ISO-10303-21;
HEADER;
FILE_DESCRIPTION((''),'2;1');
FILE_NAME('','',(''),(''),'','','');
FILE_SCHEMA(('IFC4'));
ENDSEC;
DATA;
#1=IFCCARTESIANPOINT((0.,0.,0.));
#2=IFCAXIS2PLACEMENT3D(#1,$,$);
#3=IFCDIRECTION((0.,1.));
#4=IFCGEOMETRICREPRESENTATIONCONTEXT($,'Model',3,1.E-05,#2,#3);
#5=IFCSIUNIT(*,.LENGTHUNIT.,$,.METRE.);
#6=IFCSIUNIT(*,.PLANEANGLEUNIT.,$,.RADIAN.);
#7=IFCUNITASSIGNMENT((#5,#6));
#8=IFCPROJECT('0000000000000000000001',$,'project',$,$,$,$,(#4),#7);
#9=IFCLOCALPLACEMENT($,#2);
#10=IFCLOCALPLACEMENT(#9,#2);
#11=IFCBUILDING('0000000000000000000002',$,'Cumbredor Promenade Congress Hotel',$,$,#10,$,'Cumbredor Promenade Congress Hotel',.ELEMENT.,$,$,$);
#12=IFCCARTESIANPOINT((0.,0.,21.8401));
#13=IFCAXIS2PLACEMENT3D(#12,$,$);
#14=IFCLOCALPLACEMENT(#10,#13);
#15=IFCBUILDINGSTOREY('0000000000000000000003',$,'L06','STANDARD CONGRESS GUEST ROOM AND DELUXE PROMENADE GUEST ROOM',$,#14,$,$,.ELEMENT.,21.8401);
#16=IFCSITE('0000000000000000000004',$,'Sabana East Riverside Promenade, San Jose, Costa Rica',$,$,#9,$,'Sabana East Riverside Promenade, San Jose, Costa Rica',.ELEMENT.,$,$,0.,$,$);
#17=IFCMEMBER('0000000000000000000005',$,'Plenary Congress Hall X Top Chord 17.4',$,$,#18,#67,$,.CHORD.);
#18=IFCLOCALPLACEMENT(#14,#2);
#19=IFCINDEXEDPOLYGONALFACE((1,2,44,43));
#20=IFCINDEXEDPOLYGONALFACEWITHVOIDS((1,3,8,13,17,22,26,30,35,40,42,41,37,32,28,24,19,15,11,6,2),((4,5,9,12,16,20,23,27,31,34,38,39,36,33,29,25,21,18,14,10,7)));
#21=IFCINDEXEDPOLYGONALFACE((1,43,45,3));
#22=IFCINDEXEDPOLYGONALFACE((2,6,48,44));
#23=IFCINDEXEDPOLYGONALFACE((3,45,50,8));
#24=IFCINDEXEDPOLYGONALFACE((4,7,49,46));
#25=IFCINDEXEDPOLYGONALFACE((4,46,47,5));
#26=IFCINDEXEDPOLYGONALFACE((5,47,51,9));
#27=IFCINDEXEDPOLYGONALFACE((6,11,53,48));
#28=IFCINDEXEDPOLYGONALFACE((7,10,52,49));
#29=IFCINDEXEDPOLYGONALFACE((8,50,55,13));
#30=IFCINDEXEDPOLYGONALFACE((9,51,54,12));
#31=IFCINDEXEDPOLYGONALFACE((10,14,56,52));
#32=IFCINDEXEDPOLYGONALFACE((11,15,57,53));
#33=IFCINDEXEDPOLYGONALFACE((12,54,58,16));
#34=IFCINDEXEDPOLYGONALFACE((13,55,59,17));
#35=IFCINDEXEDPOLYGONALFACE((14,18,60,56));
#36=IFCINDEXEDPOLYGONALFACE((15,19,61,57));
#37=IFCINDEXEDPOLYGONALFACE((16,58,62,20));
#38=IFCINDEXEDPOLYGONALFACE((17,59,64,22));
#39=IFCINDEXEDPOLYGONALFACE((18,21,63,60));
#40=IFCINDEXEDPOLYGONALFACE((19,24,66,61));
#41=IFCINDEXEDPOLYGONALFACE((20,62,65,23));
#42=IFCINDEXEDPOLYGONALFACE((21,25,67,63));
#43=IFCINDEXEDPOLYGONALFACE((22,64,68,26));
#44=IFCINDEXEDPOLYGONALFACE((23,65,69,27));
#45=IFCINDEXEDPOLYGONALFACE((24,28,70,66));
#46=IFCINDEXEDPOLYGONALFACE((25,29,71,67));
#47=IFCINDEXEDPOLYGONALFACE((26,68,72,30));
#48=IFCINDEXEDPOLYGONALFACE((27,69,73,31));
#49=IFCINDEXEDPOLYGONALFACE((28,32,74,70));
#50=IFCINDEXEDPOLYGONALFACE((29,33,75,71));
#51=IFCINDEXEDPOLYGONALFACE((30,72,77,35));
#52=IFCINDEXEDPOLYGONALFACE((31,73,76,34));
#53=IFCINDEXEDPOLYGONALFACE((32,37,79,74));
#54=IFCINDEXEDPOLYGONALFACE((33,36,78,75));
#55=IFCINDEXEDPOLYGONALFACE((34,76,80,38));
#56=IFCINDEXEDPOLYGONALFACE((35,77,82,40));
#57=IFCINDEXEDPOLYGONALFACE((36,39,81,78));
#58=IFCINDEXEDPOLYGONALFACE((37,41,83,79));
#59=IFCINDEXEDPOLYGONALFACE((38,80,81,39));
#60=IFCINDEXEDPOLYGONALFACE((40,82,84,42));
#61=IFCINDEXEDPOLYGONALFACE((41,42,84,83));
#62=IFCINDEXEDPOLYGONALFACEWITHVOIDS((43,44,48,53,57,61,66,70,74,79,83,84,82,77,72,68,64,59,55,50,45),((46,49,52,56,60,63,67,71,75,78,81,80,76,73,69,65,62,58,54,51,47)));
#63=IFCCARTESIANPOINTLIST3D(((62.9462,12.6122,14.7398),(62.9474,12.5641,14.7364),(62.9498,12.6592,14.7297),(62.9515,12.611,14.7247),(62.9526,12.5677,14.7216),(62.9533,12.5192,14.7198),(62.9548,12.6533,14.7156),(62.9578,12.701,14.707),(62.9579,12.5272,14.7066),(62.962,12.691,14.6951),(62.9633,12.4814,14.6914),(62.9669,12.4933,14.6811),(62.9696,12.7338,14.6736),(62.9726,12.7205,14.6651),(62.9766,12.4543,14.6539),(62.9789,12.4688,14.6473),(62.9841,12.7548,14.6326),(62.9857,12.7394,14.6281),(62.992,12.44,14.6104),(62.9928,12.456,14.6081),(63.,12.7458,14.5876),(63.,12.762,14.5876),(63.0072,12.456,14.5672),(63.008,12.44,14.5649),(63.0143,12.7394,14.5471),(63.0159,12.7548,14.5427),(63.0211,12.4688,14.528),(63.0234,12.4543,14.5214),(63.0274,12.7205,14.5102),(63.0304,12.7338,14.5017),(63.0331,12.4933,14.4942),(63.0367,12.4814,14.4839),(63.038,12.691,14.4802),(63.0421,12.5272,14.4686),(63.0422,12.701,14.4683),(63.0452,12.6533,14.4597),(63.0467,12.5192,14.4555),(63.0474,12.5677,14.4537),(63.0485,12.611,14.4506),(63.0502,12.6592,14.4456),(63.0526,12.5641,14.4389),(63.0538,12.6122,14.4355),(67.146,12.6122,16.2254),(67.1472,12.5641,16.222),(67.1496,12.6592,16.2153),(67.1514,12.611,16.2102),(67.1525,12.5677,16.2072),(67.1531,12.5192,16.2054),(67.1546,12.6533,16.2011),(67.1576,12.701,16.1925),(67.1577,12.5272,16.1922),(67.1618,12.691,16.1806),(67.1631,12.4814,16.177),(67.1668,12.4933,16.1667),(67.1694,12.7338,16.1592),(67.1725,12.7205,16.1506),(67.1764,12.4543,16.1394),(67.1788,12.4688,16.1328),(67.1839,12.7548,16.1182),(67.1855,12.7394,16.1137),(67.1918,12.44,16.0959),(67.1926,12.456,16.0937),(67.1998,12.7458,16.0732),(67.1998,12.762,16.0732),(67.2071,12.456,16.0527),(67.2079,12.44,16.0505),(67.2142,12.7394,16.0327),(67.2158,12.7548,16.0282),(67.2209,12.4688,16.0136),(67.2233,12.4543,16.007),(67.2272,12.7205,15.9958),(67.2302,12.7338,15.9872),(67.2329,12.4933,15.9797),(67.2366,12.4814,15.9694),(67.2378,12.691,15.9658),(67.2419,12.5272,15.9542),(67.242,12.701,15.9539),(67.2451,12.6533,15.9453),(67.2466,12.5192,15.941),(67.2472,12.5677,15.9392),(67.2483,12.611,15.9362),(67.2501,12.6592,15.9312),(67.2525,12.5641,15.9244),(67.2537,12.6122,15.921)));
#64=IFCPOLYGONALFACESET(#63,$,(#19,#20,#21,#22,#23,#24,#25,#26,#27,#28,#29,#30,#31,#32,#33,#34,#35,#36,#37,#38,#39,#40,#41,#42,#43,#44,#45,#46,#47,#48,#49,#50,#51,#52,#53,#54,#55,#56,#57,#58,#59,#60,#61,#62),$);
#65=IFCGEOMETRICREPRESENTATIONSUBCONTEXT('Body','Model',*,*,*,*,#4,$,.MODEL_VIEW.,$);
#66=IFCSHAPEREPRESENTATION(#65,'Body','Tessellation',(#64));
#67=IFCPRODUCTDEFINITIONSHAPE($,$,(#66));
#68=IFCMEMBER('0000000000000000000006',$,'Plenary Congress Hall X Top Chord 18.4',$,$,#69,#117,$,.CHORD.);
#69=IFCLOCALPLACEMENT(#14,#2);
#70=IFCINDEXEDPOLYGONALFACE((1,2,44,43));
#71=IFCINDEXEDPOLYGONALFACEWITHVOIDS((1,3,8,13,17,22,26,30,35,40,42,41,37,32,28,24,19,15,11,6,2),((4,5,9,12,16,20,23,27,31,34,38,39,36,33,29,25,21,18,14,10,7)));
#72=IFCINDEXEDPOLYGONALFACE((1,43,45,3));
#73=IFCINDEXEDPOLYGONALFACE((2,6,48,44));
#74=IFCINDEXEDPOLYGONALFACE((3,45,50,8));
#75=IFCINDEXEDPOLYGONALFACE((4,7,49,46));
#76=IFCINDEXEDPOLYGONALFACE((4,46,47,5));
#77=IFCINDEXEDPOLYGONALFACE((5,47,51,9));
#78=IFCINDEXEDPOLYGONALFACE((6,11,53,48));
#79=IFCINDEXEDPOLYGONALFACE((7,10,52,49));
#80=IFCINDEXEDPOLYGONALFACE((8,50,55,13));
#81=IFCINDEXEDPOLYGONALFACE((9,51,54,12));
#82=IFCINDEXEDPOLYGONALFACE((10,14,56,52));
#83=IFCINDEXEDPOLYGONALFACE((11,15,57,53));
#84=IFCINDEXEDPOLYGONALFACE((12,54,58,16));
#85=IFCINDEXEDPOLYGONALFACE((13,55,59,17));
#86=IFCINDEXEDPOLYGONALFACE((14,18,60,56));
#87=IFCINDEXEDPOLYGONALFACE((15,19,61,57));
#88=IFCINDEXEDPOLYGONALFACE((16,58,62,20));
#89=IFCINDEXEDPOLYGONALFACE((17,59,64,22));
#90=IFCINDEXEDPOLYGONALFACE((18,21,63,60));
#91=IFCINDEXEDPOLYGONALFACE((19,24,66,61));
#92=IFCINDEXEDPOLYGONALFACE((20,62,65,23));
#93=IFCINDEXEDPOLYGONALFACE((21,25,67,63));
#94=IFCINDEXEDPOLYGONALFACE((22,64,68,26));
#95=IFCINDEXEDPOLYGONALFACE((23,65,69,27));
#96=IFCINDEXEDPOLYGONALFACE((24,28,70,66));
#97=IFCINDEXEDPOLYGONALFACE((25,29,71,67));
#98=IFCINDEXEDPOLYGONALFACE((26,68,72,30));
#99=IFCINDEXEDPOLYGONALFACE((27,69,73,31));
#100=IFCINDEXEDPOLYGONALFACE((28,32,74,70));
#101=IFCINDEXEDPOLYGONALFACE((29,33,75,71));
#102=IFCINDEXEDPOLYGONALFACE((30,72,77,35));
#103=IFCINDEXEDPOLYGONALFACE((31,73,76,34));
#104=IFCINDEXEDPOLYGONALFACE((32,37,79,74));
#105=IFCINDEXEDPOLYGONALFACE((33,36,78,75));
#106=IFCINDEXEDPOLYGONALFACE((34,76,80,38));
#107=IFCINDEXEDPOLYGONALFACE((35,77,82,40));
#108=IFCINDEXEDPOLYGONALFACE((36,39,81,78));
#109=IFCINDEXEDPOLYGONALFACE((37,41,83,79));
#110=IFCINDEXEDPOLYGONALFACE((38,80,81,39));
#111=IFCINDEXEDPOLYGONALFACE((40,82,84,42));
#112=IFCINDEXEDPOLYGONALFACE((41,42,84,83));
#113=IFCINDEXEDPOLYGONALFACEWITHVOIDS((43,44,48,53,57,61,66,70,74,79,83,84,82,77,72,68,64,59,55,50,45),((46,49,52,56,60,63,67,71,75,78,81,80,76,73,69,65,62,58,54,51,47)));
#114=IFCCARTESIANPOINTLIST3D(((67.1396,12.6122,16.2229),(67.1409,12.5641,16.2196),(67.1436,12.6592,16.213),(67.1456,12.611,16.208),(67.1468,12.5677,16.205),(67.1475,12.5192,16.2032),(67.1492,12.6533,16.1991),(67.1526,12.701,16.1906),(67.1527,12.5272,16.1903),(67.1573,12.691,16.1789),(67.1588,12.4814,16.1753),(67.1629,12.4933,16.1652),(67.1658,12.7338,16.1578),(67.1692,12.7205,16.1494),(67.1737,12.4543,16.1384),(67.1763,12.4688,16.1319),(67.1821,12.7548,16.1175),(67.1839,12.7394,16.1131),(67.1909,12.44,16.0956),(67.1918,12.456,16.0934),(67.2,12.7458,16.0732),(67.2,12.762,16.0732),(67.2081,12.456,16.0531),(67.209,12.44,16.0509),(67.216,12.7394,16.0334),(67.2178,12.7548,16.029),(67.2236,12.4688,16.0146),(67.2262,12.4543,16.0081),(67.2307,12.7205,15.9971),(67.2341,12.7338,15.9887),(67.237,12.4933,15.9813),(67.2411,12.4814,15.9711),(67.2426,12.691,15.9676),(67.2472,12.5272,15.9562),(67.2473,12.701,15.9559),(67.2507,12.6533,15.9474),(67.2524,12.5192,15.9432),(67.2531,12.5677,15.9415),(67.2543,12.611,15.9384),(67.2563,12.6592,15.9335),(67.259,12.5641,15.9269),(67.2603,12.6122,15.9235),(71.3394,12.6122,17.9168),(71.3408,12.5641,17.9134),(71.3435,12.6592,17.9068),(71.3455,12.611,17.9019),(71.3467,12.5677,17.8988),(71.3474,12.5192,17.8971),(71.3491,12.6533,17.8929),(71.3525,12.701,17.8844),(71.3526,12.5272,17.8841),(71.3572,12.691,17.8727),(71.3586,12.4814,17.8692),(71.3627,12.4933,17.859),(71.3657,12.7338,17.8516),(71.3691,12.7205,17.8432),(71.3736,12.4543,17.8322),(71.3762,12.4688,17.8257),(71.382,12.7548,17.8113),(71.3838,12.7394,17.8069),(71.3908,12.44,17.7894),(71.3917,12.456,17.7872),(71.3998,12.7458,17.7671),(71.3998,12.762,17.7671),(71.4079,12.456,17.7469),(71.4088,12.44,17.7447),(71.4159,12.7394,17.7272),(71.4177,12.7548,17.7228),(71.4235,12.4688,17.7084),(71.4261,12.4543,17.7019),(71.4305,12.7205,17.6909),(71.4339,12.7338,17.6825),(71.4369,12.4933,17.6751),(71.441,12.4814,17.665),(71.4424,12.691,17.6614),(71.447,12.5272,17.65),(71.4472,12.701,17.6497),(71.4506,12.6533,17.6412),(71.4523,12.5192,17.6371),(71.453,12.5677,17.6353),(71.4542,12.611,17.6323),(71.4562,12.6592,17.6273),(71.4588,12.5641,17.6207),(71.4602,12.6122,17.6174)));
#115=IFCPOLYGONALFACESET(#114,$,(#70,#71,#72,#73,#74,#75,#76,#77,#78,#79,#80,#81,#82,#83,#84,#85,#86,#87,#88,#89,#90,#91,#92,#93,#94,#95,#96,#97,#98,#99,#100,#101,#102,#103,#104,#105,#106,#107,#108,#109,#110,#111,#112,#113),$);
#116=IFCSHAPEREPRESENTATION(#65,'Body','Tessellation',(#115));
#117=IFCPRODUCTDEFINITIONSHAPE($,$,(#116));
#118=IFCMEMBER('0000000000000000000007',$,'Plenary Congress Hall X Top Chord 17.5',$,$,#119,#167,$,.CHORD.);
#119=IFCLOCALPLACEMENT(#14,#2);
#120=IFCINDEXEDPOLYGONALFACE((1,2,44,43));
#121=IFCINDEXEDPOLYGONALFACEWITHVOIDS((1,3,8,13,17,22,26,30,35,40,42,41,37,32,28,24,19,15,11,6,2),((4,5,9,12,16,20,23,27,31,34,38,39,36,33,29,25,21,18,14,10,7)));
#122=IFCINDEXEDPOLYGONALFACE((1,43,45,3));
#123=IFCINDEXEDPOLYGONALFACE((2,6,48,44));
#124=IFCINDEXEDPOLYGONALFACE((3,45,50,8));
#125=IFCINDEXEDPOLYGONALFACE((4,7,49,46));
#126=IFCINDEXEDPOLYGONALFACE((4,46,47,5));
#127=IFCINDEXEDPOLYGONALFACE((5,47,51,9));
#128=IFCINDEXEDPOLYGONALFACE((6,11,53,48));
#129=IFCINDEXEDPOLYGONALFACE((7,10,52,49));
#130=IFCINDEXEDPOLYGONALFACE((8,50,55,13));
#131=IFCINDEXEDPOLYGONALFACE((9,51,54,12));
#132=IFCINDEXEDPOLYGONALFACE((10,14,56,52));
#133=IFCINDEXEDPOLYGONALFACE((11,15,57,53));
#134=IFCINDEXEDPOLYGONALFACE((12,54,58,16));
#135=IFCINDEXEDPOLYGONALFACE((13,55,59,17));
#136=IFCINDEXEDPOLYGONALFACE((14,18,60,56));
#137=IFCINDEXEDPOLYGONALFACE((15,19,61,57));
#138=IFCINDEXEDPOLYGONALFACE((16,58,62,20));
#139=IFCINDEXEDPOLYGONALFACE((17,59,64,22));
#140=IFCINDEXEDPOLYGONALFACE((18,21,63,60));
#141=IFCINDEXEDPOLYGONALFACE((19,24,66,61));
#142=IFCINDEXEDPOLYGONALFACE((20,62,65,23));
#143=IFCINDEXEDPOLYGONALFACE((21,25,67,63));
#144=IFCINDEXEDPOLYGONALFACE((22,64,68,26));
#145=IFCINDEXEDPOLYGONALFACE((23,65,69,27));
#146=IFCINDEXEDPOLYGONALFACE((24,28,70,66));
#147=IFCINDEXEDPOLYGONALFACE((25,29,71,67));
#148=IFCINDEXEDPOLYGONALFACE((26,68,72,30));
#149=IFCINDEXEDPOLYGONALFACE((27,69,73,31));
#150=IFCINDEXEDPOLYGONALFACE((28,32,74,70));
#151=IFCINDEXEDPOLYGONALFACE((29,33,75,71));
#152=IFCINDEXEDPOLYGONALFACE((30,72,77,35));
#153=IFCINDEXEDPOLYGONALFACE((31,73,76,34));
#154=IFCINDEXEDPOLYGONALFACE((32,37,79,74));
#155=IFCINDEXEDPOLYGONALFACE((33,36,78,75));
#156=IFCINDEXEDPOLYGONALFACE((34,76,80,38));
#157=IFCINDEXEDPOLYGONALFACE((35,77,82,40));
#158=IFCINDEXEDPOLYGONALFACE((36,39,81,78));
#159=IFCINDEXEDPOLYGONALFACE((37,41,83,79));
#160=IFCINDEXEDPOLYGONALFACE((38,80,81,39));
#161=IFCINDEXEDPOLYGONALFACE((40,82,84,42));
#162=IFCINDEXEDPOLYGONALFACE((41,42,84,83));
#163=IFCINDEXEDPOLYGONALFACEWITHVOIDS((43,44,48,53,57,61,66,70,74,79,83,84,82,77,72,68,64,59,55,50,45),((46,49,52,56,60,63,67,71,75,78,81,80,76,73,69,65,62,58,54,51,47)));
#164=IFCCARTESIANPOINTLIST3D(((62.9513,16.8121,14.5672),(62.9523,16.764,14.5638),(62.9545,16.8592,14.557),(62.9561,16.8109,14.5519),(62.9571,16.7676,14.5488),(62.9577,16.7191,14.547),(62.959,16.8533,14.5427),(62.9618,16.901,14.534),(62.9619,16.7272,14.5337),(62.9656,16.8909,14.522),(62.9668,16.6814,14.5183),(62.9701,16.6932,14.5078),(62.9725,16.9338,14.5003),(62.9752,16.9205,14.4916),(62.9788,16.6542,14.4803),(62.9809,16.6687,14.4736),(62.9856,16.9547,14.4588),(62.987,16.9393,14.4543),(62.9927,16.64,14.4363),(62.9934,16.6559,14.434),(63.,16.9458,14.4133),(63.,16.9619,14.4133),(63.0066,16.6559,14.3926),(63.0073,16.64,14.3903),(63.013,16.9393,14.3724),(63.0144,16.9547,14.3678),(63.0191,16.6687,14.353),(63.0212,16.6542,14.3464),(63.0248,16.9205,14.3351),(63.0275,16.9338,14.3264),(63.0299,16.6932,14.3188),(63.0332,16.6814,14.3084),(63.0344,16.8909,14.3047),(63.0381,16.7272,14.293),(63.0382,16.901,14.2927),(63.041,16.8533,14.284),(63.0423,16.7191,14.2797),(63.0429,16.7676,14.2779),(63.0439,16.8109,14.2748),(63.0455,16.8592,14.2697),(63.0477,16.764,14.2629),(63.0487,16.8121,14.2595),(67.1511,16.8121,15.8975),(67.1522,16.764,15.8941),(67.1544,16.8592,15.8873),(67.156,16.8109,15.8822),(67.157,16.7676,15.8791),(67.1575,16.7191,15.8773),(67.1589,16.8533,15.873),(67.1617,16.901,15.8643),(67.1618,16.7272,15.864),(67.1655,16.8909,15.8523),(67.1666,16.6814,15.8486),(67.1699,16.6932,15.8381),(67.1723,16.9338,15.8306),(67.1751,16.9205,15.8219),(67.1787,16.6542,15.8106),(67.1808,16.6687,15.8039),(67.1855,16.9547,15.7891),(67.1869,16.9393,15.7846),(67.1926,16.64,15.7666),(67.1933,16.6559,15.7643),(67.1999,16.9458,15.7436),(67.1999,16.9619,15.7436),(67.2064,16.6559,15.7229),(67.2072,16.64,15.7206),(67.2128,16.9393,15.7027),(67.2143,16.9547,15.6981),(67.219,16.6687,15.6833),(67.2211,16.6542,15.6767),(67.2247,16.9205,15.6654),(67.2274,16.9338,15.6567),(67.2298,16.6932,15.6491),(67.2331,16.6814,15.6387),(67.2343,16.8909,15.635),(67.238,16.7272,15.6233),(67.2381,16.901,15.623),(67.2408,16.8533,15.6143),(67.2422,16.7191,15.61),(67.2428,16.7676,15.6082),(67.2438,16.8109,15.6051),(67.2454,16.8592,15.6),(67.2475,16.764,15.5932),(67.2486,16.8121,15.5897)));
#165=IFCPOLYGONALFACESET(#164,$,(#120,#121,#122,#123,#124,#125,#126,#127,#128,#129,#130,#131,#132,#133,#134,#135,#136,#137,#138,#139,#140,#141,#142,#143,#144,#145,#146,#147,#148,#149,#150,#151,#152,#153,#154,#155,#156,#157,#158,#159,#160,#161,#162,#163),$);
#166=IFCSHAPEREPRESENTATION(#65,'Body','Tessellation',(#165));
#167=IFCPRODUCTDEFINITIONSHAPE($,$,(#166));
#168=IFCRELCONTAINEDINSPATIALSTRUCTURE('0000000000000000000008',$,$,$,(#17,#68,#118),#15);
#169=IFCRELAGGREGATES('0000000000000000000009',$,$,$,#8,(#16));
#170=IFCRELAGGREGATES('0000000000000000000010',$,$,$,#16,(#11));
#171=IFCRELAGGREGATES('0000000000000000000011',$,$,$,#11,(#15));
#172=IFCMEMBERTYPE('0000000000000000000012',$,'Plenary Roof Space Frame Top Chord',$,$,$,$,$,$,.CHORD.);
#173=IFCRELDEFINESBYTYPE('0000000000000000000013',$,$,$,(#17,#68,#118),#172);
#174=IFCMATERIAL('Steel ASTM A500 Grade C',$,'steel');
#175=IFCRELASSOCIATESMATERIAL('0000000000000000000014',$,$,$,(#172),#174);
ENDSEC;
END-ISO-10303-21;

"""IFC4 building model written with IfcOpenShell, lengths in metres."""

from ifc_helpers import new_model, si_unit, direction, frame, origin, origin_2d, place, context, subcontext, project, spatial, hollow_circle, extrude, material, material_profile, profile_set, type_object, element, save


model = new_model("IFC4")

# Units and contexts
model_context = context("Model", 3, precision=1e-05, world=origin(), true_north=direction((0.0, 1.0)))
body_context = subcontext(model_context, "Body", "Model", "MODEL_VIEW")
ifc_project = project(units=[si_unit("LENGTHUNIT", "METRE"), si_unit("PLANEANGLEUNIT", "RADIAN")], contexts=[model_context])

# Site, building, storey
site_placement = place(None, origin())
site = spatial("IfcSite", under=ifc_project, at=site_placement, Name="Sabana East Riverside Promenade, San Jose, Costa Rica", LongName="Sabana East Riverside Promenade, San Jose, Costa Rica", CompositionType="ELEMENT", RefElevation=0.0)
building_placement = place(site_placement, origin())
building = spatial("IfcBuilding", under=site, at=building_placement, Name="Cumbredor Promenade Congress Hotel", LongName="Cumbredor Promenade Congress Hotel", CompositionType="ELEMENT")
storey_placement = place(building_placement, frame((0.0, 0.0, 21.8401)))
storey = spatial("IfcBuildingStorey", under=building, at=storey_placement, Name="L06", Description="STANDARD CONGRESS GUEST ROOM AND DELUXE PROMENADE GUEST ROOM", CompositionType="ELEMENT", Elevation=21.8401)

# Members
ifc_material_1 = material(Name="Steel ASTM A500 Grade C", Category="steel")
ifc_material_profile_1 = material_profile(ifc_material_1, hollow_circle(Radius=0.1619, WallThickness=0.0161, at=origin_2d()), Name="CHS 323.9x16")
ifc_profile_set_1 = profile_set([ifc_material_profile_1], Name="Steel ASTM A500 Grade C")
member_type_1 = type_object("IfcMemberType", Name="Plenary Roof Space Frame Top Chord", PredefinedType="CHORD", material=ifc_profile_set_1)
member_1_placement = place(storey_placement, frame((63.0, 12.6001, 14.5876), z_axis=(0.94276, 0.0, 0.333471), x_axis=(0.0, 1.0, 0.0)))
element("IfcMember", 1, at=member_1_placement, inside=storey, type_object=member_type_1, Name="Plenary Congress Hall X Top Chord 17.4", PredefinedType="CHORD", context=body_context, shape_type="SweptSolid", body=[
    extrude(hollow_circle(Radius=0.1619, WallThickness=0.0161, at=origin_2d()), origin(), (0.0, 0.0, 1.0), 4.4548),
])
member_2_placement = place(storey_placement, frame((67.2, 12.6001, 16.0732), z_axis=(0.927417, 0.0, 0.374029), x_axis=(0.0, 1.0, 0.0)))
element("IfcMember", 2, at=member_2_placement, inside=storey, type_object=member_type_1, Name="Plenary Congress Hall X Top Chord 18.4", PredefinedType="CHORD", context=body_context, shape_type="SweptSolid", body=[
    extrude(hollow_circle(Radius=0.1619, WallThickness=0.0161, at=origin_2d()), origin(), (0.0, 0.0, 1.0), 4.5286),
])
member_3_placement = place(storey_placement, frame((63.0, 16.8, 14.4133), z_axis=(0.95332, 0.0, 0.301961), x_axis=(0.0, 1.0, 0.0)))
element("IfcMember", 3, at=member_3_placement, inside=storey, type_object=member_type_1, Name="Plenary Congress Hall X Top Chord 17.5", PredefinedType="CHORD", context=body_context, shape_type="SweptSolid", body=[
    extrude(hollow_circle(Radius=0.1619, WallThickness=0.0161, at=origin_2d()), origin(), (0.0, 0.0, 1.0), 4.4055),
])

save(model, "model.ifc")
